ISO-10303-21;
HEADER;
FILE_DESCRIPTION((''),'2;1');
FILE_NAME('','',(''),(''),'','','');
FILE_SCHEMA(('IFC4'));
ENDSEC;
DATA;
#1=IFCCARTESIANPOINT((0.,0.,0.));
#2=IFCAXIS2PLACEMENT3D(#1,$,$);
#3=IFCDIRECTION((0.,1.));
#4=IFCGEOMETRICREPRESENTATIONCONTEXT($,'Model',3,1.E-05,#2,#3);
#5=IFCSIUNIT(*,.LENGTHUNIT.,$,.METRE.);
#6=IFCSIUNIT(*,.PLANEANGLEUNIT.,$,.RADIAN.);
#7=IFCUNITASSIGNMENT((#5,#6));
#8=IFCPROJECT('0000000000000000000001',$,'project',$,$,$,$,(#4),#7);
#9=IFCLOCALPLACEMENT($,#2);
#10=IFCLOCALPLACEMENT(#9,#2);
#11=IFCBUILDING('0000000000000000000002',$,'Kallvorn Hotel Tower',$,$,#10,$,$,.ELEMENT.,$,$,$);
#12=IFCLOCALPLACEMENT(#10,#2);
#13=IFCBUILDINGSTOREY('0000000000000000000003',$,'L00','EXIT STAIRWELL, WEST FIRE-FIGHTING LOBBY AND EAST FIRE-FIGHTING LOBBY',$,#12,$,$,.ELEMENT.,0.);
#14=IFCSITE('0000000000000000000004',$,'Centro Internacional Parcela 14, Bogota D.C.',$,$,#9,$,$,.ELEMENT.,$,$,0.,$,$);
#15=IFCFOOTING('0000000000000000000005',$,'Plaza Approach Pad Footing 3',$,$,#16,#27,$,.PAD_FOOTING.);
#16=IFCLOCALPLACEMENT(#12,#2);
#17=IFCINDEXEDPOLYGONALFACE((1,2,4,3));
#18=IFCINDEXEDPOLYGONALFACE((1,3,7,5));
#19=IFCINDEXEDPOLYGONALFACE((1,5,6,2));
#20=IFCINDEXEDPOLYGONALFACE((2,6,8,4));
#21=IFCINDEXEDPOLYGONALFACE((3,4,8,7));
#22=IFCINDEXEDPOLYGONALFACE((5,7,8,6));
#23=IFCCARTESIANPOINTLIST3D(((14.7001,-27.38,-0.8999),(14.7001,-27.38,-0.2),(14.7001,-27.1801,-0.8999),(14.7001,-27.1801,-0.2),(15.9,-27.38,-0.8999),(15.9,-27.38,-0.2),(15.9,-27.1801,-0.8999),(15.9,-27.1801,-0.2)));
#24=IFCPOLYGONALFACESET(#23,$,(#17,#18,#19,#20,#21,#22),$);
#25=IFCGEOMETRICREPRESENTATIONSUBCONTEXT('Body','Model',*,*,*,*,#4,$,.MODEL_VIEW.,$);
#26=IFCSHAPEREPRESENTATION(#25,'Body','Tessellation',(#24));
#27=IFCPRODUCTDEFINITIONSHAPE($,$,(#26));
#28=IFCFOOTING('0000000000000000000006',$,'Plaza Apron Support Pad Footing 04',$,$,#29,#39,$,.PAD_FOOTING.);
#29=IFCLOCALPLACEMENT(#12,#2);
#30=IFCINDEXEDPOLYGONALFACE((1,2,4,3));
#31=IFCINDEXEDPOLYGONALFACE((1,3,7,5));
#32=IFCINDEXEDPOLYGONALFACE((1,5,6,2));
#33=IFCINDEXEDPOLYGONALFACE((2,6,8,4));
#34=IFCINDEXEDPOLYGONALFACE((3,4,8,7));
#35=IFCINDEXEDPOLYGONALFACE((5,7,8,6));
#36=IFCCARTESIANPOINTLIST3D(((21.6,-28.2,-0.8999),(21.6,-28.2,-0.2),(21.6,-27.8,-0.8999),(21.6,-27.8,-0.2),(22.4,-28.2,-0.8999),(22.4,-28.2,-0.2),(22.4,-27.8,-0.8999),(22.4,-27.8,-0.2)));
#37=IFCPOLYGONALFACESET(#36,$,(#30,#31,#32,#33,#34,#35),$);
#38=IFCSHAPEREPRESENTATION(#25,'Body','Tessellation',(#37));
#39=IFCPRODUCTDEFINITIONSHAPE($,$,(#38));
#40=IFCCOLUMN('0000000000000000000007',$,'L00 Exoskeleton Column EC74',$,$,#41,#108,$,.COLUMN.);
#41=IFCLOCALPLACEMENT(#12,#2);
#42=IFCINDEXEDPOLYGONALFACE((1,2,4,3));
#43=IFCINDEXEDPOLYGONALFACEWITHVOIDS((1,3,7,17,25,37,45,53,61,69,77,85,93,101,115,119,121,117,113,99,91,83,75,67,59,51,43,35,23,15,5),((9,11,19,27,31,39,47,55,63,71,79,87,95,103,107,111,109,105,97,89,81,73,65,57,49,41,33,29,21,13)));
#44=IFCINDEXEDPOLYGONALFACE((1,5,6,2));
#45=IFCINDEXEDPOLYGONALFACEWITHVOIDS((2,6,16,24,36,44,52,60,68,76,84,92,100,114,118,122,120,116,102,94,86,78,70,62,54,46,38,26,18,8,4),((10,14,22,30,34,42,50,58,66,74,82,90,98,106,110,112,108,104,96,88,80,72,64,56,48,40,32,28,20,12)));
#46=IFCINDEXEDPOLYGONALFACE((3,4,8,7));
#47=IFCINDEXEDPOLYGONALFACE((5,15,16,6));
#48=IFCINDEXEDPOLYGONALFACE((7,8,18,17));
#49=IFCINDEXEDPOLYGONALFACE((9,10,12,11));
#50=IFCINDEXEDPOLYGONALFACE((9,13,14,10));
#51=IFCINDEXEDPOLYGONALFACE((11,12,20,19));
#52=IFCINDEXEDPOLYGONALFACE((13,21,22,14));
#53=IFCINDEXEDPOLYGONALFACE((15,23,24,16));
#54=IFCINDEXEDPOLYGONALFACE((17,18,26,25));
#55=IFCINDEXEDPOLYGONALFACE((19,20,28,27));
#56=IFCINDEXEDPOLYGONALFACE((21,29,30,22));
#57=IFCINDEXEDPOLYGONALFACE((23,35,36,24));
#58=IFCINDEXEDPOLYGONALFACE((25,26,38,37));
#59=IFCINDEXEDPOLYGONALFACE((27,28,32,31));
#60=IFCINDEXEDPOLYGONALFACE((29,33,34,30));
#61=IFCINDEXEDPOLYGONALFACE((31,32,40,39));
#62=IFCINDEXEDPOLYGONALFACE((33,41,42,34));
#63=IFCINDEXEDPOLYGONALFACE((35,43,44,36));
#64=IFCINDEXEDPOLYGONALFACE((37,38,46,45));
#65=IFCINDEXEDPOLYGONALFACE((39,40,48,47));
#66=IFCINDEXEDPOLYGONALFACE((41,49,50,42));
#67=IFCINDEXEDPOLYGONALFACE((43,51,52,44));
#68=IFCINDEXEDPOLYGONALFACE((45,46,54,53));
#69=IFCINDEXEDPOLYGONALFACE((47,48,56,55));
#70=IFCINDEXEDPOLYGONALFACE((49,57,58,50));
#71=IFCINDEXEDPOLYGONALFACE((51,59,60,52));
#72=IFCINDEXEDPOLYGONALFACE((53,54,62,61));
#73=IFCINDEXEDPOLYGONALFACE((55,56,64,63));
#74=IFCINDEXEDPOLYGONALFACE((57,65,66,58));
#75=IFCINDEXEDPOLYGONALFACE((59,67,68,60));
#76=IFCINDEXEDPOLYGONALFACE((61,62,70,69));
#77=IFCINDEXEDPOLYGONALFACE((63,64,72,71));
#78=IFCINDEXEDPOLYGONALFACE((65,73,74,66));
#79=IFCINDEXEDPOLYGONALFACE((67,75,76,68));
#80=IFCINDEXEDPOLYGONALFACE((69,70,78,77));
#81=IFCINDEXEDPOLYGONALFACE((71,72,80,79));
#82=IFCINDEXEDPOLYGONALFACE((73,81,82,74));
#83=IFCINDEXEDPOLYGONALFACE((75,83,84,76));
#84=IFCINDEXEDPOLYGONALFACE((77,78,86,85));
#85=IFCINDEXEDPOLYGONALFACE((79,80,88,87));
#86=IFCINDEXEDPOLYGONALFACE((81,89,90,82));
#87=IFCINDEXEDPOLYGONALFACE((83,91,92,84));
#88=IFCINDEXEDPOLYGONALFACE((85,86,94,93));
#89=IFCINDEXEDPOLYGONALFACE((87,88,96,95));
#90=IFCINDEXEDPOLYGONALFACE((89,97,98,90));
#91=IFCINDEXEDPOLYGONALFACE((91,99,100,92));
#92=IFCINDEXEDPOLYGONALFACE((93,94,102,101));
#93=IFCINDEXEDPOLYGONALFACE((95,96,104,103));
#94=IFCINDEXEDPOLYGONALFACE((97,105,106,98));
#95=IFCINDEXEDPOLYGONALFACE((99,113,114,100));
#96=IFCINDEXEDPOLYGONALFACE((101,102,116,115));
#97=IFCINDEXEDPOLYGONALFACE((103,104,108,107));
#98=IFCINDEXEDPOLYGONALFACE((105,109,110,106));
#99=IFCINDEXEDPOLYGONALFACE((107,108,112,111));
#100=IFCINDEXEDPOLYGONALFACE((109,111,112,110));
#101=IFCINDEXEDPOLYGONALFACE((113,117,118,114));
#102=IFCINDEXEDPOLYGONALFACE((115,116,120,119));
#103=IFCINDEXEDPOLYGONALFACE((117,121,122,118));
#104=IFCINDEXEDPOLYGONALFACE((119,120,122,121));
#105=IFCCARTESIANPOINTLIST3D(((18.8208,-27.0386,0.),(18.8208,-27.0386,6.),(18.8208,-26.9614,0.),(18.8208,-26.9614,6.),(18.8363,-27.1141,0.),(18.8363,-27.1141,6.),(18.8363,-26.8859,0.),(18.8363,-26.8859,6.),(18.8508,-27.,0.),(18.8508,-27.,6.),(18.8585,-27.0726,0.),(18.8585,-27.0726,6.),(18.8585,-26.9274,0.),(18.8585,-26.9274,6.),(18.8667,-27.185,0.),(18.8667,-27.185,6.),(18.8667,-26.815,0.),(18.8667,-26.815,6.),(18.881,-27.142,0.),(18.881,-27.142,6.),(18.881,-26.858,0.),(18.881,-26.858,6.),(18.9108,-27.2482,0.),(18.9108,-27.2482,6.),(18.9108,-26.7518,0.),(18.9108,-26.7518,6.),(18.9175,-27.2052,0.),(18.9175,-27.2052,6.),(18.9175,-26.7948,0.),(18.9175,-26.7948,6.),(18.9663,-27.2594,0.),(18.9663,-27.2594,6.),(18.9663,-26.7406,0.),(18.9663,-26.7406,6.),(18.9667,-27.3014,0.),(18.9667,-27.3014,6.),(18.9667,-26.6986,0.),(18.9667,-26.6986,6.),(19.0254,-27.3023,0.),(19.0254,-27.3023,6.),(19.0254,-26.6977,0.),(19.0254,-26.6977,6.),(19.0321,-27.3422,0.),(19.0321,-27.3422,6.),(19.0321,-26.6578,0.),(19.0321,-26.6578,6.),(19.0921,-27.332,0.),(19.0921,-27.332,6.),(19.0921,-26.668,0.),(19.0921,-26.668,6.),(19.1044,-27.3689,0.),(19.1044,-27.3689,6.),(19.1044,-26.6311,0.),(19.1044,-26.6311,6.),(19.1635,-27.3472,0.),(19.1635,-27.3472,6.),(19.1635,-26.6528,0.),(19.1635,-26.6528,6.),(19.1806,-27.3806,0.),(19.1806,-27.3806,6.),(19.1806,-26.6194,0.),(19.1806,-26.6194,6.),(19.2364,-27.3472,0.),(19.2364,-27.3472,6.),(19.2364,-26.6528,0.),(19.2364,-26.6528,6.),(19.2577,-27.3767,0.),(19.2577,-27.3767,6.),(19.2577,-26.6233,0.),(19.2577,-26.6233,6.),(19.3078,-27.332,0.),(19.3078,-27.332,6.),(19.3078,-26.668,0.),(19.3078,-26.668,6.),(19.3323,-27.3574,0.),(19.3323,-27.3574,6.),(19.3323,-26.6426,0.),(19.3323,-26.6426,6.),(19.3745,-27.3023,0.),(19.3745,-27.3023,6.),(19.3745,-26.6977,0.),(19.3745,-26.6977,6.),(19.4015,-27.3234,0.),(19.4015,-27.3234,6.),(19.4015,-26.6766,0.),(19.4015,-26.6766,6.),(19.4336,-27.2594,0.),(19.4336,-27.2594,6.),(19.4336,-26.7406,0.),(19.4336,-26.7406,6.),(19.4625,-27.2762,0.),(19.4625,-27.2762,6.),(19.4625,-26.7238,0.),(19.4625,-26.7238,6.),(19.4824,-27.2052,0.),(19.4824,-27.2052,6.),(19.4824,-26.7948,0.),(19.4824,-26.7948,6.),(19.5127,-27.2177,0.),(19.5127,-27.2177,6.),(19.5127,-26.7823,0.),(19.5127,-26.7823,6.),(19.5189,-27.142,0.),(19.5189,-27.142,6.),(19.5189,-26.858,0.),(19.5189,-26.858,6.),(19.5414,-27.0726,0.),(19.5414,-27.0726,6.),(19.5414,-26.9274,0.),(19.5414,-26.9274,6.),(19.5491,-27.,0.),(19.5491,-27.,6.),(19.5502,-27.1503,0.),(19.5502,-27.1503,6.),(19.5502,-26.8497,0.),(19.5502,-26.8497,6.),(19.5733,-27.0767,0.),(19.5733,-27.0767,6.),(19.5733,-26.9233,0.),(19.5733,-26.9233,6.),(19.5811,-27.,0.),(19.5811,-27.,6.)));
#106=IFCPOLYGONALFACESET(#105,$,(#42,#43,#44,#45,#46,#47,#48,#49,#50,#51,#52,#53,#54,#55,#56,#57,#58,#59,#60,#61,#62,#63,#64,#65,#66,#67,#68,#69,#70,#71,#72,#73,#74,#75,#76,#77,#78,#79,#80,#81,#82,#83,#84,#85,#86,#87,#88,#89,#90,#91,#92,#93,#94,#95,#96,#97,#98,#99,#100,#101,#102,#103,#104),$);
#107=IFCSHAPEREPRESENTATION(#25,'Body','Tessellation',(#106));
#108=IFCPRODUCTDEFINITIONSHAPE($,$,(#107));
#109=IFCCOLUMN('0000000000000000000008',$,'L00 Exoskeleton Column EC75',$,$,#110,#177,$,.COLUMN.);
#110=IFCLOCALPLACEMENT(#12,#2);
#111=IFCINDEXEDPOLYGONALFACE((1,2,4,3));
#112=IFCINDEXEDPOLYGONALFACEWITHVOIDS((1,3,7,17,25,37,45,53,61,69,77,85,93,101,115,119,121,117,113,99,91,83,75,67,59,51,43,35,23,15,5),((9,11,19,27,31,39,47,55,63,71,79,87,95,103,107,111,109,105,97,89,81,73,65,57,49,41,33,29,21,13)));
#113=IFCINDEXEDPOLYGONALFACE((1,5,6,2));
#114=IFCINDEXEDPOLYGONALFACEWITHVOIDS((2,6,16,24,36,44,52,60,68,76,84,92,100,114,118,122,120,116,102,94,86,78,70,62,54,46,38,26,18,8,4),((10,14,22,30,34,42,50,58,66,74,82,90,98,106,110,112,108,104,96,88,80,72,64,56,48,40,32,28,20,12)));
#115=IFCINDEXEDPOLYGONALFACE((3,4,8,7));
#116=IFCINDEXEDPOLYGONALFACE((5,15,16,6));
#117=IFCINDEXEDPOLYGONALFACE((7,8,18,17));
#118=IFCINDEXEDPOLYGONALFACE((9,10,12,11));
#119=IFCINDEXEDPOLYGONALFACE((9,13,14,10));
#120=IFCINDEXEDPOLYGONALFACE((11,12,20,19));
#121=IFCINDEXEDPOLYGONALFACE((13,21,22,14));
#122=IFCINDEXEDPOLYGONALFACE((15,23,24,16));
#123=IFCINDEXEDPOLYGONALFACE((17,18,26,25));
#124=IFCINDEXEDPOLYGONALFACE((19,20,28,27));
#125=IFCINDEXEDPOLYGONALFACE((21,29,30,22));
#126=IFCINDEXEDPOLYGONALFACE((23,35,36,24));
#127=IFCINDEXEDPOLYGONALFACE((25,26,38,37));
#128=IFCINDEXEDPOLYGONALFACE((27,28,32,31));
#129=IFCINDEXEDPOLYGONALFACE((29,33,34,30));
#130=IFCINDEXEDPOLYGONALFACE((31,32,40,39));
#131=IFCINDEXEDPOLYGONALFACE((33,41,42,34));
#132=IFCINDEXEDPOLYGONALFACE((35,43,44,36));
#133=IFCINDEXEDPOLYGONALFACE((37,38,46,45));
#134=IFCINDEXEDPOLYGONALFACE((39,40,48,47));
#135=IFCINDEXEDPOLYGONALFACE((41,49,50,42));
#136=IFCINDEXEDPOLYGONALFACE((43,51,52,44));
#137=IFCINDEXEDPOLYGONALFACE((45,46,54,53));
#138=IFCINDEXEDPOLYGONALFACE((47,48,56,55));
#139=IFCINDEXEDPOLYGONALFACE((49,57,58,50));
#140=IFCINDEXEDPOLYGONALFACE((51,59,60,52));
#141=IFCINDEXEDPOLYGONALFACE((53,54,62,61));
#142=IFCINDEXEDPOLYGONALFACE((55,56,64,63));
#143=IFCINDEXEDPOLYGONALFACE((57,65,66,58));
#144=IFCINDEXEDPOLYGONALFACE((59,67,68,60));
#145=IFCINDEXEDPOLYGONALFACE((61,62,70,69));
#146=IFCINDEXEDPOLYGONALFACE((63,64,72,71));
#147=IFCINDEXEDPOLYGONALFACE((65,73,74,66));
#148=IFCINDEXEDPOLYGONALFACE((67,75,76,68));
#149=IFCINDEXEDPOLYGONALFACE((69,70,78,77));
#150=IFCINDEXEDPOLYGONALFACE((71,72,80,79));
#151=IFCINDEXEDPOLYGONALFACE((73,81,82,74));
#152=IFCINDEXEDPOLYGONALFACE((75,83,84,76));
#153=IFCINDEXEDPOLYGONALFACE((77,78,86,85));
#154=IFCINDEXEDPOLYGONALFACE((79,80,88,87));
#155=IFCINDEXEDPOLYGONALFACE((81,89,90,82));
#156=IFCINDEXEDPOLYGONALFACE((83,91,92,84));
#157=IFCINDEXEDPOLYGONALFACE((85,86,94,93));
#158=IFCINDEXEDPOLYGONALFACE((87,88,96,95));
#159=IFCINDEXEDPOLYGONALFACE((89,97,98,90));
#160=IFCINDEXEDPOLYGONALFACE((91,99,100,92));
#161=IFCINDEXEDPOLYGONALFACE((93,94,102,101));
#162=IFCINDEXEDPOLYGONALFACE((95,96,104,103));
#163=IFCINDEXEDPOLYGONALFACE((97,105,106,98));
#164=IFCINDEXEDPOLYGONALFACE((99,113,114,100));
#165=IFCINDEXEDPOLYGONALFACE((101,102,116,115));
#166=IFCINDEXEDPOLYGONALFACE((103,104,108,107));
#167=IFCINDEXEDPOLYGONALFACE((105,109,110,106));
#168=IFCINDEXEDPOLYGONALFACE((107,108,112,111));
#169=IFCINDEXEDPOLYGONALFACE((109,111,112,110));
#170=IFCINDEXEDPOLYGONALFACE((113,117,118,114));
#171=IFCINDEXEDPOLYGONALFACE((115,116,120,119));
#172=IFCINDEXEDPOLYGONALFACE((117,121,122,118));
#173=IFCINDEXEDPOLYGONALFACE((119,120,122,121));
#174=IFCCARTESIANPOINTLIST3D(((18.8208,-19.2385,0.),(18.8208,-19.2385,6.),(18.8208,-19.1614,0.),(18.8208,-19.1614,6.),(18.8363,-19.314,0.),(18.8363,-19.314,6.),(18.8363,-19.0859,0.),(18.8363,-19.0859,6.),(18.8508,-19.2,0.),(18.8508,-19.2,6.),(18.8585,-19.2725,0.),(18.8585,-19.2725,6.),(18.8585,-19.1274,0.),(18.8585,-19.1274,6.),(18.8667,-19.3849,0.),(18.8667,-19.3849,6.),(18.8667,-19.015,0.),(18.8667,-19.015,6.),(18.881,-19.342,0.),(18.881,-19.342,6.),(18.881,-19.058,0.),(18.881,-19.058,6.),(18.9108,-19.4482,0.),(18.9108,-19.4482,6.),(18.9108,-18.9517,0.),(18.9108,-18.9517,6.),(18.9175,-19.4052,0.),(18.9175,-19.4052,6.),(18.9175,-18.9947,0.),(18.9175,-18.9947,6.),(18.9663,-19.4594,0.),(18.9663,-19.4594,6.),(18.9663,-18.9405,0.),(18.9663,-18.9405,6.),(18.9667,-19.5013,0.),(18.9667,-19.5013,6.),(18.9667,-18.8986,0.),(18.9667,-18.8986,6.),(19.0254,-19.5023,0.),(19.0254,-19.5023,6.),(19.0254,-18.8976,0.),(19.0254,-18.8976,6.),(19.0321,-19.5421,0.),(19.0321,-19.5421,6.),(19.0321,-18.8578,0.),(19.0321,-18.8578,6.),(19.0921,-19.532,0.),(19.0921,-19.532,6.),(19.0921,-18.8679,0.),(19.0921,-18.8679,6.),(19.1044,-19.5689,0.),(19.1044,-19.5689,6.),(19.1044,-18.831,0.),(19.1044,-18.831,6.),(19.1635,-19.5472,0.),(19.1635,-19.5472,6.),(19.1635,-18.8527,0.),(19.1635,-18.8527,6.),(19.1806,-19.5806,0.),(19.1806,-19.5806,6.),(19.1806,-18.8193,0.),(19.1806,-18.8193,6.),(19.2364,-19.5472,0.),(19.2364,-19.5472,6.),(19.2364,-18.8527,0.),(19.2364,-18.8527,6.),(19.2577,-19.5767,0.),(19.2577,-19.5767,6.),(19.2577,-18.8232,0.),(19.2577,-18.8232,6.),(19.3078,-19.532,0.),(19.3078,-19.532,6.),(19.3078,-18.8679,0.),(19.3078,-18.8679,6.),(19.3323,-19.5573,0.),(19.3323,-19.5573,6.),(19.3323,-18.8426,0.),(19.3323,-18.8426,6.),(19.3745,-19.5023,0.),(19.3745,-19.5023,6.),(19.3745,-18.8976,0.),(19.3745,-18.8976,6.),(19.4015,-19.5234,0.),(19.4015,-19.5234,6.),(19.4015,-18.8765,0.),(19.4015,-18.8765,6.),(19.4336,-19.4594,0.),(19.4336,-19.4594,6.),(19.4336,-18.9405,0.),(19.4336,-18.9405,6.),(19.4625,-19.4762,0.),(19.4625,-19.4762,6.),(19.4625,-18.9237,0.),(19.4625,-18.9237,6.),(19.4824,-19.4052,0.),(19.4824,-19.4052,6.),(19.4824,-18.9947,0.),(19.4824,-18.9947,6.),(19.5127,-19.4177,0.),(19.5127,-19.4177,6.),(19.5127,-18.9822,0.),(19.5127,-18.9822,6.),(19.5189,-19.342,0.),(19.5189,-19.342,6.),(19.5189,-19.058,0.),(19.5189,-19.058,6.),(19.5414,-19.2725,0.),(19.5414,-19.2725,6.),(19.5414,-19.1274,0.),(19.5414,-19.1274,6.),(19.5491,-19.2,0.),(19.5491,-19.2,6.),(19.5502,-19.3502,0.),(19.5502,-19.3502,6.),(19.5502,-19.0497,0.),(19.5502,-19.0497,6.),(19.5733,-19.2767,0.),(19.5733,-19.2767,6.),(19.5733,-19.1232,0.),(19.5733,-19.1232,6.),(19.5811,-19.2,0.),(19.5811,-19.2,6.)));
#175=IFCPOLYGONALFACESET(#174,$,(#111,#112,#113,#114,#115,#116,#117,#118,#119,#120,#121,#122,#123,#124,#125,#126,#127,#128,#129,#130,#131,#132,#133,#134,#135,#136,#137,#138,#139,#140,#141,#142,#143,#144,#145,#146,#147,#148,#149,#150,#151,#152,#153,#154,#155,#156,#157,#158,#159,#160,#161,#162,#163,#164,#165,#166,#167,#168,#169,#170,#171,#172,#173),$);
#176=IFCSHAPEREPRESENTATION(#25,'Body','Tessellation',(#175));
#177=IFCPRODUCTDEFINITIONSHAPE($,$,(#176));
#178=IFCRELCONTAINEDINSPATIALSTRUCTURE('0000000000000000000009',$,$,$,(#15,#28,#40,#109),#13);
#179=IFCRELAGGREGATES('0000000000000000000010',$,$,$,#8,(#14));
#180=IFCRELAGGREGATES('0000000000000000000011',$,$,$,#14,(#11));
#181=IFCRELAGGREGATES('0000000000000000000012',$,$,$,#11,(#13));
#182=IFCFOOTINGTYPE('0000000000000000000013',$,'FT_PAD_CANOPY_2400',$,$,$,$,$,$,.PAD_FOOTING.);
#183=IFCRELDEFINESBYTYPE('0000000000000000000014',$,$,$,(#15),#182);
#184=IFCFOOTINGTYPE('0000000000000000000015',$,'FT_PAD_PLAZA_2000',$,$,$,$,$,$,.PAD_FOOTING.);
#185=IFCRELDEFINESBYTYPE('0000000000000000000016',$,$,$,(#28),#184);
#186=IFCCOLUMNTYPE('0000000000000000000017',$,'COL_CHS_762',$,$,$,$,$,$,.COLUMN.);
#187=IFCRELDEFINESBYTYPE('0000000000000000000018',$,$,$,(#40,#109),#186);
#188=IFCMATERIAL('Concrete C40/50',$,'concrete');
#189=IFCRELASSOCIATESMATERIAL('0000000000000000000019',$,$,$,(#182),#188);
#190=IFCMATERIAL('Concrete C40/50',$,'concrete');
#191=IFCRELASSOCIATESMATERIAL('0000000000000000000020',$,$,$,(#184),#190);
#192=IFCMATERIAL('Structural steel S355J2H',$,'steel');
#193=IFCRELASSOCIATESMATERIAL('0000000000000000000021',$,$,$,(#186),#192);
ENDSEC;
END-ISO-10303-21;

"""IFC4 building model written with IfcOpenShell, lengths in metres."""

from ifc_helpers import new_model, si_unit, direction, frame, origin, origin_2d, place, context, subcontext, project, spatial, rectangle, hollow_circle, extrude, material, material_profile, profile_set, type_object, element, save


model = new_model("IFC4")

# Units and contexts
model_context = context("Model", 3, precision=1e-05, world=origin(), true_north=direction((0.0, 1.0)))
body_context = subcontext(model_context, "Body", "Model", "MODEL_VIEW")
ifc_project = project(units=[si_unit("LENGTHUNIT", "METRE"), si_unit("PLANEANGLEUNIT", "RADIAN")], contexts=[model_context])

# Site, building, storey
site_placement = place(None, origin())
site = spatial("IfcSite", under=ifc_project, at=site_placement, Name="Centro Internacional Parcela 14, Bogota D.C.", CompositionType="ELEMENT", RefElevation=0.0)
building_placement = place(site_placement, origin())
building = spatial("IfcBuilding", under=site, at=building_placement, Name="Kallvorn Hotel Tower", CompositionType="ELEMENT")
storey_placement = place(building_placement, origin())
storey = spatial("IfcBuildingStorey", under=building, at=storey_placement, Name="L00", Description="EXIT STAIRWELL, WEST FIRE-FIGHTING LOBBY AND EAST FIRE-FIGHTING LOBBY", CompositionType="ELEMENT", Elevation=0.0)

# Footings
ifc_material_1 = material(Name="Concrete C40/50", Category="concrete")
footing_type_1 = type_object("IfcFootingType", Name="FT_PAD_CANOPY_2400", PredefinedType="PAD_FOOTING", material=ifc_material_1)
footing_1_placement = place(storey_placement, frame((15.3, -27.28, -0.8999), z_axis=(0.0, 0.0, 1.0), x_axis=(1.0, 0.0, 0.0)))
element("IfcFooting", 1, at=footing_1_placement, inside=storey, type_object=footing_type_1, Name="Plaza Approach Pad Footing 3", PredefinedType="PAD_FOOTING", context=body_context, shape_type="SweptSolid", body=[
    extrude(rectangle(XDim=1.2, YDim=0.2, at=origin_2d()), origin(), (0.0, 0.0, 1.0), 0.7),
])
ifc_material_2 = material(Name="Concrete C40/50", Category="concrete")
footing_type_2 = type_object("IfcFootingType", Name="FT_PAD_PLAZA_2000", PredefinedType="PAD_FOOTING", material=ifc_material_2)
footing_2_placement = place(storey_placement, frame((22.0, -28.0, -0.8999), z_axis=(0.0, 0.0, 1.0), x_axis=(1.0, 0.0, 0.0)))
element("IfcFooting", 2, at=footing_2_placement, inside=storey, type_object=footing_type_2, Name="Plaza Apron Support Pad Footing 04", PredefinedType="PAD_FOOTING", context=body_context, shape_type="SweptSolid", body=[
    extrude(rectangle(XDim=0.8, YDim=0.3999, at=origin_2d()), origin(), (0.0, 0.0, 1.0), 0.7),
])

# Columns
ifc_material_3 = material(Name="Structural steel S355J2H", Category="steel")
ifc_material_profile_1 = material_profile(ifc_material_3, hollow_circle(Radius=0.3811, WallThickness=0.032, at=origin_2d()), Name="CHS 762x32")
ifc_profile_set_1 = profile_set([ifc_material_profile_1], Name="Structural steel S355J2H")
column_type_1 = type_object("IfcColumnType", Name="COL_CHS_762", PredefinedType="COLUMN", material=ifc_profile_set_1)
for number, where, z_axis, x_axis, name in (
    (3, (19.2, -27.0, 0.0), (0.0, 0.0, 1.0), (1.0, 0.0, 0.0), "L00 Exoskeleton Column EC74"),
    (4, (19.2, -19.2, 0.0), (0.0, 0.0, 1.0), (1.0, 0.0, 0.0), "L00 Exoskeleton Column EC75"),
):
    element("IfcColumn", number, at=place(storey_placement, frame(where, z_axis=z_axis, x_axis=x_axis)), inside=storey, type_object=column_type_1, Name=name, PredefinedType="COLUMN", context=body_context, shape_type="SweptSolid", body=[
        extrude(hollow_circle(Radius=0.3811, WallThickness=0.032, at=origin_2d()), origin(), (0.0, 0.0, 1.0), 6.0),
    ])

save(model, "model.ifc")
